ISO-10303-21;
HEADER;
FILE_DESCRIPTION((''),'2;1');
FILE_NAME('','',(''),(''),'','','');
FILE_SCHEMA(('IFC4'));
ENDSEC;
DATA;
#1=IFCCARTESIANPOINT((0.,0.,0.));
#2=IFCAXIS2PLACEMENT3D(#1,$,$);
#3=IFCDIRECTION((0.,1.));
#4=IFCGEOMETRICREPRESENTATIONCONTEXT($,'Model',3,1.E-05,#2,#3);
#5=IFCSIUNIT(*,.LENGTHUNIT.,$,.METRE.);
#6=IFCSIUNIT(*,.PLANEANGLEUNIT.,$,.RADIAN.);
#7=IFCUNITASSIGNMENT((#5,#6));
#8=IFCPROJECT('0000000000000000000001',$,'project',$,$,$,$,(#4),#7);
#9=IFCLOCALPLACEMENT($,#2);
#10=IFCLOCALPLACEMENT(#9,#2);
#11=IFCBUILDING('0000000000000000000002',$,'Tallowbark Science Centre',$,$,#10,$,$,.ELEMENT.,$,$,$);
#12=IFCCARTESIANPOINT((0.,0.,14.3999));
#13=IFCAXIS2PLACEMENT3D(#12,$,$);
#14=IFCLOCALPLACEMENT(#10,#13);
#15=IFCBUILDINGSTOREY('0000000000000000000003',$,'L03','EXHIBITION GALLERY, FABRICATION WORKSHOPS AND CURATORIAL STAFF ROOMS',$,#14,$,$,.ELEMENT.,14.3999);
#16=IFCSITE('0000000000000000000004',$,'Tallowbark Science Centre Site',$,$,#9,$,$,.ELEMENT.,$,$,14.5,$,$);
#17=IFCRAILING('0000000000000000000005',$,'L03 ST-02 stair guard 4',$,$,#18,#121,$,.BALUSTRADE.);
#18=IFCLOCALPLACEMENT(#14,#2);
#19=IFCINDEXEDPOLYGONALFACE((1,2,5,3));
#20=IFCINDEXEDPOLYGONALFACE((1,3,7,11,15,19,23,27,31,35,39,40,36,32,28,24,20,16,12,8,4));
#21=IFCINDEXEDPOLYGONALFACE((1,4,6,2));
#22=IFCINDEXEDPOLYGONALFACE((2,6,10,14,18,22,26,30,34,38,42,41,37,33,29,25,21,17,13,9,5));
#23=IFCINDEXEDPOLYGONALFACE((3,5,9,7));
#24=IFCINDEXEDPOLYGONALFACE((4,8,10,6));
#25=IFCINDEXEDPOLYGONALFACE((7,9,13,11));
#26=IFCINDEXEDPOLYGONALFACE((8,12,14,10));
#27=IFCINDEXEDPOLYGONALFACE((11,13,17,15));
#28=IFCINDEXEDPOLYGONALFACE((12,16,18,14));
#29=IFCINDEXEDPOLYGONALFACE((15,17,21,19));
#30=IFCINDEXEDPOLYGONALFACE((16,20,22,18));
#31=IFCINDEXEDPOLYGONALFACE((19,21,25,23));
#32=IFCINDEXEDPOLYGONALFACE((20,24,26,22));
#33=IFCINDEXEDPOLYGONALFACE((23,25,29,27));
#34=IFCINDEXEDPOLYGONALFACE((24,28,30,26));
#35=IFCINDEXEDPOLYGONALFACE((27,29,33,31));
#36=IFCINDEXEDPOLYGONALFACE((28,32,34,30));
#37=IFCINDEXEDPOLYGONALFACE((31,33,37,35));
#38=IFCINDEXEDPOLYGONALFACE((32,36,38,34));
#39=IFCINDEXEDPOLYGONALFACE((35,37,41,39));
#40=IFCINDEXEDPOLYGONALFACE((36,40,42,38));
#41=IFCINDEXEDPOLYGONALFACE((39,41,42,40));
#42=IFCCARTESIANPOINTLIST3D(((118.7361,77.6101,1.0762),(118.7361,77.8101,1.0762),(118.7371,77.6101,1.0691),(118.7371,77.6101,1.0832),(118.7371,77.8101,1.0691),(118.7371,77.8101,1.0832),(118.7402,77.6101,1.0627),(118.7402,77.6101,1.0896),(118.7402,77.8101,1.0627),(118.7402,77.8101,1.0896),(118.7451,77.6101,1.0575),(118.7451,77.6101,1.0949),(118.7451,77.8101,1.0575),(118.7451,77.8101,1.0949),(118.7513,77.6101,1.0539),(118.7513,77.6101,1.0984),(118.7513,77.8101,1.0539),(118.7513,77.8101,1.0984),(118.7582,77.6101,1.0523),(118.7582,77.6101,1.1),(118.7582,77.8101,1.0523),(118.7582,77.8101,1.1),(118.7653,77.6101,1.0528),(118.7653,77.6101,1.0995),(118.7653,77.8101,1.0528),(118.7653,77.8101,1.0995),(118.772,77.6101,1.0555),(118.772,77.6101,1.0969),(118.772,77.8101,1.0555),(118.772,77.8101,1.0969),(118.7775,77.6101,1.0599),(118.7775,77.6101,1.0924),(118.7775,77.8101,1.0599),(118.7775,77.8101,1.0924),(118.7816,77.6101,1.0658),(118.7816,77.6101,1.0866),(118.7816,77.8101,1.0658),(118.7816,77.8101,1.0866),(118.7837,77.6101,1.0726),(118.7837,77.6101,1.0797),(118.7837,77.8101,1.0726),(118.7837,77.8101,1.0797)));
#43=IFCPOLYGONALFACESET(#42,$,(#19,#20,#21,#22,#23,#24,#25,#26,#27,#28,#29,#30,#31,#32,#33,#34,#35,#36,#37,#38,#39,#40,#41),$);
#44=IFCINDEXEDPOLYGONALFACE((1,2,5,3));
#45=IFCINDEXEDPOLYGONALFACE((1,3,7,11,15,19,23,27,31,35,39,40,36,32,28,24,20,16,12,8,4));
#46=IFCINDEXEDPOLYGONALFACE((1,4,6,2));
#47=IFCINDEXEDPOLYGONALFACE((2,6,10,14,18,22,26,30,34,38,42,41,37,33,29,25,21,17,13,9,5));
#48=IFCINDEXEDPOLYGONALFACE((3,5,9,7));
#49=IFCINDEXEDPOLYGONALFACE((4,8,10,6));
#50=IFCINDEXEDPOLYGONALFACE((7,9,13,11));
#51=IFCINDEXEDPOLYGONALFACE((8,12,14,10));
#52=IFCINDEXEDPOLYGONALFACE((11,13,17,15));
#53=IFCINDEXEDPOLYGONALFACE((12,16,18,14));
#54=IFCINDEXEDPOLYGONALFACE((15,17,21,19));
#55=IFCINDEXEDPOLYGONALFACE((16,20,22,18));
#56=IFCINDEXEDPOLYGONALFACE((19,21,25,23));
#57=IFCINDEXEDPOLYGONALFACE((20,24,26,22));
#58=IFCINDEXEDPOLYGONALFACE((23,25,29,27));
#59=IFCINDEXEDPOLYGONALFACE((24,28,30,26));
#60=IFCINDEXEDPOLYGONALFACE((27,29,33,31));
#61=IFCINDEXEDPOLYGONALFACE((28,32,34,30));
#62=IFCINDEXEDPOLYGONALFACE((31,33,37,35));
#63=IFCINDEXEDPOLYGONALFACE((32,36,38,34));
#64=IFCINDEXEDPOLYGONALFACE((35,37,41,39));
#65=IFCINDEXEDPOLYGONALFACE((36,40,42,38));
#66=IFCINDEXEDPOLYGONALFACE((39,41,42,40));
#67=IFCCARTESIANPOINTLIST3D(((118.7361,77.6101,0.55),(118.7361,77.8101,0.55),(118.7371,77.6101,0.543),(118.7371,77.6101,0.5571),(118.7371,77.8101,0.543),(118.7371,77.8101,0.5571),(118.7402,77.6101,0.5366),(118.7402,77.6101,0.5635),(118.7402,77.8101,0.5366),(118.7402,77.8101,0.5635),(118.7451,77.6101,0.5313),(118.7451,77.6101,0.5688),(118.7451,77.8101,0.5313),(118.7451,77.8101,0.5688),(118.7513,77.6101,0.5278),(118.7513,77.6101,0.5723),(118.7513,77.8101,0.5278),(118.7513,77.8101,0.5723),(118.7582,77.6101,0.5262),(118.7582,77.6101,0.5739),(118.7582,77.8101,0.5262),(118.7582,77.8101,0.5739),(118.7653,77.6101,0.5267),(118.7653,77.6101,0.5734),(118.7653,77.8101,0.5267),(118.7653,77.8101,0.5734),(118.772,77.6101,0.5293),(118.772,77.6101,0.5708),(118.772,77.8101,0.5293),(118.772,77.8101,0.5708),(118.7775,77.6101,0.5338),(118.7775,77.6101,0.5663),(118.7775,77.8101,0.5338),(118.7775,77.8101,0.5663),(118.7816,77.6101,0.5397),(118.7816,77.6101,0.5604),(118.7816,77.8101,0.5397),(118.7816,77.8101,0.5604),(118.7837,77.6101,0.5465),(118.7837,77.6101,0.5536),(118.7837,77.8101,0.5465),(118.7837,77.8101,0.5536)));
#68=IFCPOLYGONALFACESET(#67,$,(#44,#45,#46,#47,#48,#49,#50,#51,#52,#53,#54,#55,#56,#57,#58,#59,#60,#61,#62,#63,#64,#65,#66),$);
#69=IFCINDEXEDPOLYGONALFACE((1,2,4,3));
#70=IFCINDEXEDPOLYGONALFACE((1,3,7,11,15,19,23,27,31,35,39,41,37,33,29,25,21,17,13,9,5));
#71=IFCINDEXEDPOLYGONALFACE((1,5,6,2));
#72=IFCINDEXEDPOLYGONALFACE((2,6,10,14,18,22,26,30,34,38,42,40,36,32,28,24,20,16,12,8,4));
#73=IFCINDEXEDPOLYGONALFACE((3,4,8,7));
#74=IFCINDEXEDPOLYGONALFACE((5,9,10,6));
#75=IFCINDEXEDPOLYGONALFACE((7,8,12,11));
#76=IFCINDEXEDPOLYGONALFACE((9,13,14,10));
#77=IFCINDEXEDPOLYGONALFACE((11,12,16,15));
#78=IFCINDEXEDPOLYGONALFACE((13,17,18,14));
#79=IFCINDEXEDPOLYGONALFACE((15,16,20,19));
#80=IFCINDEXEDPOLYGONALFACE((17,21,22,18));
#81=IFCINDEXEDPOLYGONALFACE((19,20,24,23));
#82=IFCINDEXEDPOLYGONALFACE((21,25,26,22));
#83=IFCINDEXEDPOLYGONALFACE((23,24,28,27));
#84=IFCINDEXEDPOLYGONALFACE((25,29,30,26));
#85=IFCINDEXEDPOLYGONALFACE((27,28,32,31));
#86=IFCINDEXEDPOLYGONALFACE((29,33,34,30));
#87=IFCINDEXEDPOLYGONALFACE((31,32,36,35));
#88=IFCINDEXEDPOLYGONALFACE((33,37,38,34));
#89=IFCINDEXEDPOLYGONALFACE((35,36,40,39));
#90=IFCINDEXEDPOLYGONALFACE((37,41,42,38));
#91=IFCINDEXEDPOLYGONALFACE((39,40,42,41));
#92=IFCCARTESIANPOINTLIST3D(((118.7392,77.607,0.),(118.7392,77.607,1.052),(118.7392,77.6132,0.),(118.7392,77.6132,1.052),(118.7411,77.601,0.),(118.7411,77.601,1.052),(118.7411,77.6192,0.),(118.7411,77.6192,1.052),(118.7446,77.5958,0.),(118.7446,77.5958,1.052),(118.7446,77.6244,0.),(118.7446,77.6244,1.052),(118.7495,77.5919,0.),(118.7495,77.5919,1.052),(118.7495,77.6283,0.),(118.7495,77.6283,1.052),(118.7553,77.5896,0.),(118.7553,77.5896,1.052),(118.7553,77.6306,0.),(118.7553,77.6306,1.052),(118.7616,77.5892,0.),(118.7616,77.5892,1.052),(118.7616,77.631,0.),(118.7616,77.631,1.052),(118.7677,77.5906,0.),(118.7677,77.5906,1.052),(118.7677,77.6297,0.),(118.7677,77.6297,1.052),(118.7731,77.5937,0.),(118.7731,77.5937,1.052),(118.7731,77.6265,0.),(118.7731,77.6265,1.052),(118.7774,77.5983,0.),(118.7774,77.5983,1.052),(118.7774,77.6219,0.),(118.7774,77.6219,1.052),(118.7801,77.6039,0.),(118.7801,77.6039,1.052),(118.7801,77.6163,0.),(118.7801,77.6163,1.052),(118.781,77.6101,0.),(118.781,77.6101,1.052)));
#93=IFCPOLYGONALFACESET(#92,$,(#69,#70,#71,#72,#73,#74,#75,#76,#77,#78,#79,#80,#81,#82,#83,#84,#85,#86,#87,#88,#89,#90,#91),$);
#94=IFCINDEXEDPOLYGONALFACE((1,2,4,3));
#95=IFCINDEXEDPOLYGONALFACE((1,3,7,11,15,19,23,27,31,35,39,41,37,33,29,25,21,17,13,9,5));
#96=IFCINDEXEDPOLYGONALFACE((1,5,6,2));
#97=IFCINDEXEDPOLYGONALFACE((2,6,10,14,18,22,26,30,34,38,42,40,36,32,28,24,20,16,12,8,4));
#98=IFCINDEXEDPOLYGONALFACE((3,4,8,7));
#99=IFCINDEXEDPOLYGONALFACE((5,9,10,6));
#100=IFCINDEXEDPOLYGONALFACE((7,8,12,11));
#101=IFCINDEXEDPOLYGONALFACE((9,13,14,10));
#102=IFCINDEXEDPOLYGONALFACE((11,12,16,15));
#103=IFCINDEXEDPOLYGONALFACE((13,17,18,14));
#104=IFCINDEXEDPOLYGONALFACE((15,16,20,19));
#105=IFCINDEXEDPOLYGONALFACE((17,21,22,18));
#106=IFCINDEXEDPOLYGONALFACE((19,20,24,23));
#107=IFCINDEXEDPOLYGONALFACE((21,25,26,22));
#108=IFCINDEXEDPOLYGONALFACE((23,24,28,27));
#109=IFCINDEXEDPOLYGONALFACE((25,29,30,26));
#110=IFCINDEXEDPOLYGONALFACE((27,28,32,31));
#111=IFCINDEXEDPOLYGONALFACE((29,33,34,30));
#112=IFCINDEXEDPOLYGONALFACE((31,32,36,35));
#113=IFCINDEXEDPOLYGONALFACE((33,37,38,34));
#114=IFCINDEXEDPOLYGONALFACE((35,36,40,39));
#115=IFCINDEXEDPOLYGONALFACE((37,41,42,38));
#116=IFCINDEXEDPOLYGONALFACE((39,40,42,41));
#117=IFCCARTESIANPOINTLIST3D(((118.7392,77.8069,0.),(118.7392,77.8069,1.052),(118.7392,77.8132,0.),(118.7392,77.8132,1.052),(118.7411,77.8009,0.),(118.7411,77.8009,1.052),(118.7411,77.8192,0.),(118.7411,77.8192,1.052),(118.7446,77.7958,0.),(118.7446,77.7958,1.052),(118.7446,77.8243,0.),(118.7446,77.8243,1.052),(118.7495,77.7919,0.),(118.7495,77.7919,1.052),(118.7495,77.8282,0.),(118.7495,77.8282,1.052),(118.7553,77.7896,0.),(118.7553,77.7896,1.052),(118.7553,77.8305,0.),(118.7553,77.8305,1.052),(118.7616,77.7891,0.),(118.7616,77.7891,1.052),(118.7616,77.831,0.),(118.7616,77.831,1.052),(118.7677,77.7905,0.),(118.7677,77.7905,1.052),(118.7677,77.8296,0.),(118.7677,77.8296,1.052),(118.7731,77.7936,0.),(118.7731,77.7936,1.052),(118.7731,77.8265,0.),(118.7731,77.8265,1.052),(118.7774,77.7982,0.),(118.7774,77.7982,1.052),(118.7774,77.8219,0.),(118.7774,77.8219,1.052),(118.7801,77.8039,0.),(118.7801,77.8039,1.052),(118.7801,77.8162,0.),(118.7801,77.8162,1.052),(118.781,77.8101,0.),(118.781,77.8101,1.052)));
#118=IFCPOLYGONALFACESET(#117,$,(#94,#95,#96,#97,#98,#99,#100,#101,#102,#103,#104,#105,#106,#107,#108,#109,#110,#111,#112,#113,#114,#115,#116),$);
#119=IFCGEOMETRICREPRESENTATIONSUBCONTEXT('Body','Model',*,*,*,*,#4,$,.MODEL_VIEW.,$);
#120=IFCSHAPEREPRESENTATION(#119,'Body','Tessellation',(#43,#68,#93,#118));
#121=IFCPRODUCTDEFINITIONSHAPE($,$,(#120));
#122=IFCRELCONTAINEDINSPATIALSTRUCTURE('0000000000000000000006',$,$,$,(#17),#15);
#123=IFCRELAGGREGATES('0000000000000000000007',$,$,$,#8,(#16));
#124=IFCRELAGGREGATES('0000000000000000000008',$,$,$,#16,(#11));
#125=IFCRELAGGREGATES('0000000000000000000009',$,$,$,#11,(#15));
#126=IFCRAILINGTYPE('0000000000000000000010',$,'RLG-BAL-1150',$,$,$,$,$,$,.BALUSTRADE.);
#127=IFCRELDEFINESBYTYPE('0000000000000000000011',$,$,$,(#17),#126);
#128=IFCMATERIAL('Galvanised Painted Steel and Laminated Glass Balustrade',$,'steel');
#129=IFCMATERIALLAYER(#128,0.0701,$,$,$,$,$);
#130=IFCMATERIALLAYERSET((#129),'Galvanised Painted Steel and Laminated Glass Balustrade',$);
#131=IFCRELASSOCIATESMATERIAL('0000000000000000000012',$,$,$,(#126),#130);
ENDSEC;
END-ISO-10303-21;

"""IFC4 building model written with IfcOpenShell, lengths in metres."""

from ifc_helpers import new_model, si_unit, direction, frame, origin, origin_2d, place, context, subcontext, project, spatial, circle, extrude, material, layer, layer_set, type_object, element, save


model = new_model("IFC4")

# Units and contexts
model_context = context("Model", 3, precision=1e-05, world=origin(), true_north=direction((0.0, 1.0)))
body_context = subcontext(model_context, "Body", "Model", "MODEL_VIEW")
ifc_project = project(units=[si_unit("LENGTHUNIT", "METRE"), si_unit("PLANEANGLEUNIT", "RADIAN")], contexts=[model_context])

# Site, building, storey
site_placement = place(None, origin())
site = spatial("IfcSite", under=ifc_project, at=site_placement, Name="Tallowbark Science Centre Site", CompositionType="ELEMENT", RefElevation=14.5)
building_placement = place(site_placement, origin())
building = spatial("IfcBuilding", under=site, at=building_placement, Name="Tallowbark Science Centre", CompositionType="ELEMENT")
storey_placement = place(building_placement, frame((0.0, 0.0, 14.3999)))
storey = spatial("IfcBuildingStorey", under=building, at=storey_placement, Name="L03", Description="EXHIBITION GALLERY, FABRICATION WORKSHOPS AND CURATORIAL STAFF ROOMS", CompositionType="ELEMENT", Elevation=14.3999)

# Railing
ifc_material_1 = material(Name="Galvanised Painted Steel and Laminated Glass Balustrade", Category="steel")
ifc_layer_1 = layer(ifc_material_1, 0.0701)
ifc_layer_set_1 = layer_set([ifc_layer_1], Name="Galvanised Painted Steel and Laminated Glass Balustrade")
railing_type_1 = type_object("IfcRailingType", Name="RLG-BAL-1150", PredefinedType="BALUSTRADE", material=ifc_layer_set_1)
railing_1_placement = place(storey_placement, frame((118.76, 77.6101, 0.0)))
element("IfcRailing", 1, at=railing_1_placement, inside=storey, type_object=railing_type_1, Name="L03 ST-02 stair guard 4", PredefinedType="BALUSTRADE", context=body_context, shape_type="SweptSolid", body=[
    extrude(circle(Radius=0.0239, at=origin_2d()), frame((0.0, 0.0, 1.0762), z_axis=(0.0, 1.0, 0.0), x_axis=(-1.0, 0.0, 0.0)), (0.0, 0.0, 1.0), 0.2),
    extrude(circle(Radius=0.0239, at=origin_2d()), frame((0.0, 0.0, 0.55), z_axis=(0.0, 1.0, 0.0), x_axis=(-1.0, 0.0, 0.0)), (0.0, 0.0, 1.0), 0.2),
    extrude(circle(Radius=0.021, at=origin_2d()), origin(), (0.0, 0.0, 1.0), 1.052),
    extrude(circle(Radius=0.021, at=origin_2d()), frame((0.0, 0.2, 0.0)), (0.0, 0.0, 1.0), 1.052),
])

save(model, "model.ifc")
